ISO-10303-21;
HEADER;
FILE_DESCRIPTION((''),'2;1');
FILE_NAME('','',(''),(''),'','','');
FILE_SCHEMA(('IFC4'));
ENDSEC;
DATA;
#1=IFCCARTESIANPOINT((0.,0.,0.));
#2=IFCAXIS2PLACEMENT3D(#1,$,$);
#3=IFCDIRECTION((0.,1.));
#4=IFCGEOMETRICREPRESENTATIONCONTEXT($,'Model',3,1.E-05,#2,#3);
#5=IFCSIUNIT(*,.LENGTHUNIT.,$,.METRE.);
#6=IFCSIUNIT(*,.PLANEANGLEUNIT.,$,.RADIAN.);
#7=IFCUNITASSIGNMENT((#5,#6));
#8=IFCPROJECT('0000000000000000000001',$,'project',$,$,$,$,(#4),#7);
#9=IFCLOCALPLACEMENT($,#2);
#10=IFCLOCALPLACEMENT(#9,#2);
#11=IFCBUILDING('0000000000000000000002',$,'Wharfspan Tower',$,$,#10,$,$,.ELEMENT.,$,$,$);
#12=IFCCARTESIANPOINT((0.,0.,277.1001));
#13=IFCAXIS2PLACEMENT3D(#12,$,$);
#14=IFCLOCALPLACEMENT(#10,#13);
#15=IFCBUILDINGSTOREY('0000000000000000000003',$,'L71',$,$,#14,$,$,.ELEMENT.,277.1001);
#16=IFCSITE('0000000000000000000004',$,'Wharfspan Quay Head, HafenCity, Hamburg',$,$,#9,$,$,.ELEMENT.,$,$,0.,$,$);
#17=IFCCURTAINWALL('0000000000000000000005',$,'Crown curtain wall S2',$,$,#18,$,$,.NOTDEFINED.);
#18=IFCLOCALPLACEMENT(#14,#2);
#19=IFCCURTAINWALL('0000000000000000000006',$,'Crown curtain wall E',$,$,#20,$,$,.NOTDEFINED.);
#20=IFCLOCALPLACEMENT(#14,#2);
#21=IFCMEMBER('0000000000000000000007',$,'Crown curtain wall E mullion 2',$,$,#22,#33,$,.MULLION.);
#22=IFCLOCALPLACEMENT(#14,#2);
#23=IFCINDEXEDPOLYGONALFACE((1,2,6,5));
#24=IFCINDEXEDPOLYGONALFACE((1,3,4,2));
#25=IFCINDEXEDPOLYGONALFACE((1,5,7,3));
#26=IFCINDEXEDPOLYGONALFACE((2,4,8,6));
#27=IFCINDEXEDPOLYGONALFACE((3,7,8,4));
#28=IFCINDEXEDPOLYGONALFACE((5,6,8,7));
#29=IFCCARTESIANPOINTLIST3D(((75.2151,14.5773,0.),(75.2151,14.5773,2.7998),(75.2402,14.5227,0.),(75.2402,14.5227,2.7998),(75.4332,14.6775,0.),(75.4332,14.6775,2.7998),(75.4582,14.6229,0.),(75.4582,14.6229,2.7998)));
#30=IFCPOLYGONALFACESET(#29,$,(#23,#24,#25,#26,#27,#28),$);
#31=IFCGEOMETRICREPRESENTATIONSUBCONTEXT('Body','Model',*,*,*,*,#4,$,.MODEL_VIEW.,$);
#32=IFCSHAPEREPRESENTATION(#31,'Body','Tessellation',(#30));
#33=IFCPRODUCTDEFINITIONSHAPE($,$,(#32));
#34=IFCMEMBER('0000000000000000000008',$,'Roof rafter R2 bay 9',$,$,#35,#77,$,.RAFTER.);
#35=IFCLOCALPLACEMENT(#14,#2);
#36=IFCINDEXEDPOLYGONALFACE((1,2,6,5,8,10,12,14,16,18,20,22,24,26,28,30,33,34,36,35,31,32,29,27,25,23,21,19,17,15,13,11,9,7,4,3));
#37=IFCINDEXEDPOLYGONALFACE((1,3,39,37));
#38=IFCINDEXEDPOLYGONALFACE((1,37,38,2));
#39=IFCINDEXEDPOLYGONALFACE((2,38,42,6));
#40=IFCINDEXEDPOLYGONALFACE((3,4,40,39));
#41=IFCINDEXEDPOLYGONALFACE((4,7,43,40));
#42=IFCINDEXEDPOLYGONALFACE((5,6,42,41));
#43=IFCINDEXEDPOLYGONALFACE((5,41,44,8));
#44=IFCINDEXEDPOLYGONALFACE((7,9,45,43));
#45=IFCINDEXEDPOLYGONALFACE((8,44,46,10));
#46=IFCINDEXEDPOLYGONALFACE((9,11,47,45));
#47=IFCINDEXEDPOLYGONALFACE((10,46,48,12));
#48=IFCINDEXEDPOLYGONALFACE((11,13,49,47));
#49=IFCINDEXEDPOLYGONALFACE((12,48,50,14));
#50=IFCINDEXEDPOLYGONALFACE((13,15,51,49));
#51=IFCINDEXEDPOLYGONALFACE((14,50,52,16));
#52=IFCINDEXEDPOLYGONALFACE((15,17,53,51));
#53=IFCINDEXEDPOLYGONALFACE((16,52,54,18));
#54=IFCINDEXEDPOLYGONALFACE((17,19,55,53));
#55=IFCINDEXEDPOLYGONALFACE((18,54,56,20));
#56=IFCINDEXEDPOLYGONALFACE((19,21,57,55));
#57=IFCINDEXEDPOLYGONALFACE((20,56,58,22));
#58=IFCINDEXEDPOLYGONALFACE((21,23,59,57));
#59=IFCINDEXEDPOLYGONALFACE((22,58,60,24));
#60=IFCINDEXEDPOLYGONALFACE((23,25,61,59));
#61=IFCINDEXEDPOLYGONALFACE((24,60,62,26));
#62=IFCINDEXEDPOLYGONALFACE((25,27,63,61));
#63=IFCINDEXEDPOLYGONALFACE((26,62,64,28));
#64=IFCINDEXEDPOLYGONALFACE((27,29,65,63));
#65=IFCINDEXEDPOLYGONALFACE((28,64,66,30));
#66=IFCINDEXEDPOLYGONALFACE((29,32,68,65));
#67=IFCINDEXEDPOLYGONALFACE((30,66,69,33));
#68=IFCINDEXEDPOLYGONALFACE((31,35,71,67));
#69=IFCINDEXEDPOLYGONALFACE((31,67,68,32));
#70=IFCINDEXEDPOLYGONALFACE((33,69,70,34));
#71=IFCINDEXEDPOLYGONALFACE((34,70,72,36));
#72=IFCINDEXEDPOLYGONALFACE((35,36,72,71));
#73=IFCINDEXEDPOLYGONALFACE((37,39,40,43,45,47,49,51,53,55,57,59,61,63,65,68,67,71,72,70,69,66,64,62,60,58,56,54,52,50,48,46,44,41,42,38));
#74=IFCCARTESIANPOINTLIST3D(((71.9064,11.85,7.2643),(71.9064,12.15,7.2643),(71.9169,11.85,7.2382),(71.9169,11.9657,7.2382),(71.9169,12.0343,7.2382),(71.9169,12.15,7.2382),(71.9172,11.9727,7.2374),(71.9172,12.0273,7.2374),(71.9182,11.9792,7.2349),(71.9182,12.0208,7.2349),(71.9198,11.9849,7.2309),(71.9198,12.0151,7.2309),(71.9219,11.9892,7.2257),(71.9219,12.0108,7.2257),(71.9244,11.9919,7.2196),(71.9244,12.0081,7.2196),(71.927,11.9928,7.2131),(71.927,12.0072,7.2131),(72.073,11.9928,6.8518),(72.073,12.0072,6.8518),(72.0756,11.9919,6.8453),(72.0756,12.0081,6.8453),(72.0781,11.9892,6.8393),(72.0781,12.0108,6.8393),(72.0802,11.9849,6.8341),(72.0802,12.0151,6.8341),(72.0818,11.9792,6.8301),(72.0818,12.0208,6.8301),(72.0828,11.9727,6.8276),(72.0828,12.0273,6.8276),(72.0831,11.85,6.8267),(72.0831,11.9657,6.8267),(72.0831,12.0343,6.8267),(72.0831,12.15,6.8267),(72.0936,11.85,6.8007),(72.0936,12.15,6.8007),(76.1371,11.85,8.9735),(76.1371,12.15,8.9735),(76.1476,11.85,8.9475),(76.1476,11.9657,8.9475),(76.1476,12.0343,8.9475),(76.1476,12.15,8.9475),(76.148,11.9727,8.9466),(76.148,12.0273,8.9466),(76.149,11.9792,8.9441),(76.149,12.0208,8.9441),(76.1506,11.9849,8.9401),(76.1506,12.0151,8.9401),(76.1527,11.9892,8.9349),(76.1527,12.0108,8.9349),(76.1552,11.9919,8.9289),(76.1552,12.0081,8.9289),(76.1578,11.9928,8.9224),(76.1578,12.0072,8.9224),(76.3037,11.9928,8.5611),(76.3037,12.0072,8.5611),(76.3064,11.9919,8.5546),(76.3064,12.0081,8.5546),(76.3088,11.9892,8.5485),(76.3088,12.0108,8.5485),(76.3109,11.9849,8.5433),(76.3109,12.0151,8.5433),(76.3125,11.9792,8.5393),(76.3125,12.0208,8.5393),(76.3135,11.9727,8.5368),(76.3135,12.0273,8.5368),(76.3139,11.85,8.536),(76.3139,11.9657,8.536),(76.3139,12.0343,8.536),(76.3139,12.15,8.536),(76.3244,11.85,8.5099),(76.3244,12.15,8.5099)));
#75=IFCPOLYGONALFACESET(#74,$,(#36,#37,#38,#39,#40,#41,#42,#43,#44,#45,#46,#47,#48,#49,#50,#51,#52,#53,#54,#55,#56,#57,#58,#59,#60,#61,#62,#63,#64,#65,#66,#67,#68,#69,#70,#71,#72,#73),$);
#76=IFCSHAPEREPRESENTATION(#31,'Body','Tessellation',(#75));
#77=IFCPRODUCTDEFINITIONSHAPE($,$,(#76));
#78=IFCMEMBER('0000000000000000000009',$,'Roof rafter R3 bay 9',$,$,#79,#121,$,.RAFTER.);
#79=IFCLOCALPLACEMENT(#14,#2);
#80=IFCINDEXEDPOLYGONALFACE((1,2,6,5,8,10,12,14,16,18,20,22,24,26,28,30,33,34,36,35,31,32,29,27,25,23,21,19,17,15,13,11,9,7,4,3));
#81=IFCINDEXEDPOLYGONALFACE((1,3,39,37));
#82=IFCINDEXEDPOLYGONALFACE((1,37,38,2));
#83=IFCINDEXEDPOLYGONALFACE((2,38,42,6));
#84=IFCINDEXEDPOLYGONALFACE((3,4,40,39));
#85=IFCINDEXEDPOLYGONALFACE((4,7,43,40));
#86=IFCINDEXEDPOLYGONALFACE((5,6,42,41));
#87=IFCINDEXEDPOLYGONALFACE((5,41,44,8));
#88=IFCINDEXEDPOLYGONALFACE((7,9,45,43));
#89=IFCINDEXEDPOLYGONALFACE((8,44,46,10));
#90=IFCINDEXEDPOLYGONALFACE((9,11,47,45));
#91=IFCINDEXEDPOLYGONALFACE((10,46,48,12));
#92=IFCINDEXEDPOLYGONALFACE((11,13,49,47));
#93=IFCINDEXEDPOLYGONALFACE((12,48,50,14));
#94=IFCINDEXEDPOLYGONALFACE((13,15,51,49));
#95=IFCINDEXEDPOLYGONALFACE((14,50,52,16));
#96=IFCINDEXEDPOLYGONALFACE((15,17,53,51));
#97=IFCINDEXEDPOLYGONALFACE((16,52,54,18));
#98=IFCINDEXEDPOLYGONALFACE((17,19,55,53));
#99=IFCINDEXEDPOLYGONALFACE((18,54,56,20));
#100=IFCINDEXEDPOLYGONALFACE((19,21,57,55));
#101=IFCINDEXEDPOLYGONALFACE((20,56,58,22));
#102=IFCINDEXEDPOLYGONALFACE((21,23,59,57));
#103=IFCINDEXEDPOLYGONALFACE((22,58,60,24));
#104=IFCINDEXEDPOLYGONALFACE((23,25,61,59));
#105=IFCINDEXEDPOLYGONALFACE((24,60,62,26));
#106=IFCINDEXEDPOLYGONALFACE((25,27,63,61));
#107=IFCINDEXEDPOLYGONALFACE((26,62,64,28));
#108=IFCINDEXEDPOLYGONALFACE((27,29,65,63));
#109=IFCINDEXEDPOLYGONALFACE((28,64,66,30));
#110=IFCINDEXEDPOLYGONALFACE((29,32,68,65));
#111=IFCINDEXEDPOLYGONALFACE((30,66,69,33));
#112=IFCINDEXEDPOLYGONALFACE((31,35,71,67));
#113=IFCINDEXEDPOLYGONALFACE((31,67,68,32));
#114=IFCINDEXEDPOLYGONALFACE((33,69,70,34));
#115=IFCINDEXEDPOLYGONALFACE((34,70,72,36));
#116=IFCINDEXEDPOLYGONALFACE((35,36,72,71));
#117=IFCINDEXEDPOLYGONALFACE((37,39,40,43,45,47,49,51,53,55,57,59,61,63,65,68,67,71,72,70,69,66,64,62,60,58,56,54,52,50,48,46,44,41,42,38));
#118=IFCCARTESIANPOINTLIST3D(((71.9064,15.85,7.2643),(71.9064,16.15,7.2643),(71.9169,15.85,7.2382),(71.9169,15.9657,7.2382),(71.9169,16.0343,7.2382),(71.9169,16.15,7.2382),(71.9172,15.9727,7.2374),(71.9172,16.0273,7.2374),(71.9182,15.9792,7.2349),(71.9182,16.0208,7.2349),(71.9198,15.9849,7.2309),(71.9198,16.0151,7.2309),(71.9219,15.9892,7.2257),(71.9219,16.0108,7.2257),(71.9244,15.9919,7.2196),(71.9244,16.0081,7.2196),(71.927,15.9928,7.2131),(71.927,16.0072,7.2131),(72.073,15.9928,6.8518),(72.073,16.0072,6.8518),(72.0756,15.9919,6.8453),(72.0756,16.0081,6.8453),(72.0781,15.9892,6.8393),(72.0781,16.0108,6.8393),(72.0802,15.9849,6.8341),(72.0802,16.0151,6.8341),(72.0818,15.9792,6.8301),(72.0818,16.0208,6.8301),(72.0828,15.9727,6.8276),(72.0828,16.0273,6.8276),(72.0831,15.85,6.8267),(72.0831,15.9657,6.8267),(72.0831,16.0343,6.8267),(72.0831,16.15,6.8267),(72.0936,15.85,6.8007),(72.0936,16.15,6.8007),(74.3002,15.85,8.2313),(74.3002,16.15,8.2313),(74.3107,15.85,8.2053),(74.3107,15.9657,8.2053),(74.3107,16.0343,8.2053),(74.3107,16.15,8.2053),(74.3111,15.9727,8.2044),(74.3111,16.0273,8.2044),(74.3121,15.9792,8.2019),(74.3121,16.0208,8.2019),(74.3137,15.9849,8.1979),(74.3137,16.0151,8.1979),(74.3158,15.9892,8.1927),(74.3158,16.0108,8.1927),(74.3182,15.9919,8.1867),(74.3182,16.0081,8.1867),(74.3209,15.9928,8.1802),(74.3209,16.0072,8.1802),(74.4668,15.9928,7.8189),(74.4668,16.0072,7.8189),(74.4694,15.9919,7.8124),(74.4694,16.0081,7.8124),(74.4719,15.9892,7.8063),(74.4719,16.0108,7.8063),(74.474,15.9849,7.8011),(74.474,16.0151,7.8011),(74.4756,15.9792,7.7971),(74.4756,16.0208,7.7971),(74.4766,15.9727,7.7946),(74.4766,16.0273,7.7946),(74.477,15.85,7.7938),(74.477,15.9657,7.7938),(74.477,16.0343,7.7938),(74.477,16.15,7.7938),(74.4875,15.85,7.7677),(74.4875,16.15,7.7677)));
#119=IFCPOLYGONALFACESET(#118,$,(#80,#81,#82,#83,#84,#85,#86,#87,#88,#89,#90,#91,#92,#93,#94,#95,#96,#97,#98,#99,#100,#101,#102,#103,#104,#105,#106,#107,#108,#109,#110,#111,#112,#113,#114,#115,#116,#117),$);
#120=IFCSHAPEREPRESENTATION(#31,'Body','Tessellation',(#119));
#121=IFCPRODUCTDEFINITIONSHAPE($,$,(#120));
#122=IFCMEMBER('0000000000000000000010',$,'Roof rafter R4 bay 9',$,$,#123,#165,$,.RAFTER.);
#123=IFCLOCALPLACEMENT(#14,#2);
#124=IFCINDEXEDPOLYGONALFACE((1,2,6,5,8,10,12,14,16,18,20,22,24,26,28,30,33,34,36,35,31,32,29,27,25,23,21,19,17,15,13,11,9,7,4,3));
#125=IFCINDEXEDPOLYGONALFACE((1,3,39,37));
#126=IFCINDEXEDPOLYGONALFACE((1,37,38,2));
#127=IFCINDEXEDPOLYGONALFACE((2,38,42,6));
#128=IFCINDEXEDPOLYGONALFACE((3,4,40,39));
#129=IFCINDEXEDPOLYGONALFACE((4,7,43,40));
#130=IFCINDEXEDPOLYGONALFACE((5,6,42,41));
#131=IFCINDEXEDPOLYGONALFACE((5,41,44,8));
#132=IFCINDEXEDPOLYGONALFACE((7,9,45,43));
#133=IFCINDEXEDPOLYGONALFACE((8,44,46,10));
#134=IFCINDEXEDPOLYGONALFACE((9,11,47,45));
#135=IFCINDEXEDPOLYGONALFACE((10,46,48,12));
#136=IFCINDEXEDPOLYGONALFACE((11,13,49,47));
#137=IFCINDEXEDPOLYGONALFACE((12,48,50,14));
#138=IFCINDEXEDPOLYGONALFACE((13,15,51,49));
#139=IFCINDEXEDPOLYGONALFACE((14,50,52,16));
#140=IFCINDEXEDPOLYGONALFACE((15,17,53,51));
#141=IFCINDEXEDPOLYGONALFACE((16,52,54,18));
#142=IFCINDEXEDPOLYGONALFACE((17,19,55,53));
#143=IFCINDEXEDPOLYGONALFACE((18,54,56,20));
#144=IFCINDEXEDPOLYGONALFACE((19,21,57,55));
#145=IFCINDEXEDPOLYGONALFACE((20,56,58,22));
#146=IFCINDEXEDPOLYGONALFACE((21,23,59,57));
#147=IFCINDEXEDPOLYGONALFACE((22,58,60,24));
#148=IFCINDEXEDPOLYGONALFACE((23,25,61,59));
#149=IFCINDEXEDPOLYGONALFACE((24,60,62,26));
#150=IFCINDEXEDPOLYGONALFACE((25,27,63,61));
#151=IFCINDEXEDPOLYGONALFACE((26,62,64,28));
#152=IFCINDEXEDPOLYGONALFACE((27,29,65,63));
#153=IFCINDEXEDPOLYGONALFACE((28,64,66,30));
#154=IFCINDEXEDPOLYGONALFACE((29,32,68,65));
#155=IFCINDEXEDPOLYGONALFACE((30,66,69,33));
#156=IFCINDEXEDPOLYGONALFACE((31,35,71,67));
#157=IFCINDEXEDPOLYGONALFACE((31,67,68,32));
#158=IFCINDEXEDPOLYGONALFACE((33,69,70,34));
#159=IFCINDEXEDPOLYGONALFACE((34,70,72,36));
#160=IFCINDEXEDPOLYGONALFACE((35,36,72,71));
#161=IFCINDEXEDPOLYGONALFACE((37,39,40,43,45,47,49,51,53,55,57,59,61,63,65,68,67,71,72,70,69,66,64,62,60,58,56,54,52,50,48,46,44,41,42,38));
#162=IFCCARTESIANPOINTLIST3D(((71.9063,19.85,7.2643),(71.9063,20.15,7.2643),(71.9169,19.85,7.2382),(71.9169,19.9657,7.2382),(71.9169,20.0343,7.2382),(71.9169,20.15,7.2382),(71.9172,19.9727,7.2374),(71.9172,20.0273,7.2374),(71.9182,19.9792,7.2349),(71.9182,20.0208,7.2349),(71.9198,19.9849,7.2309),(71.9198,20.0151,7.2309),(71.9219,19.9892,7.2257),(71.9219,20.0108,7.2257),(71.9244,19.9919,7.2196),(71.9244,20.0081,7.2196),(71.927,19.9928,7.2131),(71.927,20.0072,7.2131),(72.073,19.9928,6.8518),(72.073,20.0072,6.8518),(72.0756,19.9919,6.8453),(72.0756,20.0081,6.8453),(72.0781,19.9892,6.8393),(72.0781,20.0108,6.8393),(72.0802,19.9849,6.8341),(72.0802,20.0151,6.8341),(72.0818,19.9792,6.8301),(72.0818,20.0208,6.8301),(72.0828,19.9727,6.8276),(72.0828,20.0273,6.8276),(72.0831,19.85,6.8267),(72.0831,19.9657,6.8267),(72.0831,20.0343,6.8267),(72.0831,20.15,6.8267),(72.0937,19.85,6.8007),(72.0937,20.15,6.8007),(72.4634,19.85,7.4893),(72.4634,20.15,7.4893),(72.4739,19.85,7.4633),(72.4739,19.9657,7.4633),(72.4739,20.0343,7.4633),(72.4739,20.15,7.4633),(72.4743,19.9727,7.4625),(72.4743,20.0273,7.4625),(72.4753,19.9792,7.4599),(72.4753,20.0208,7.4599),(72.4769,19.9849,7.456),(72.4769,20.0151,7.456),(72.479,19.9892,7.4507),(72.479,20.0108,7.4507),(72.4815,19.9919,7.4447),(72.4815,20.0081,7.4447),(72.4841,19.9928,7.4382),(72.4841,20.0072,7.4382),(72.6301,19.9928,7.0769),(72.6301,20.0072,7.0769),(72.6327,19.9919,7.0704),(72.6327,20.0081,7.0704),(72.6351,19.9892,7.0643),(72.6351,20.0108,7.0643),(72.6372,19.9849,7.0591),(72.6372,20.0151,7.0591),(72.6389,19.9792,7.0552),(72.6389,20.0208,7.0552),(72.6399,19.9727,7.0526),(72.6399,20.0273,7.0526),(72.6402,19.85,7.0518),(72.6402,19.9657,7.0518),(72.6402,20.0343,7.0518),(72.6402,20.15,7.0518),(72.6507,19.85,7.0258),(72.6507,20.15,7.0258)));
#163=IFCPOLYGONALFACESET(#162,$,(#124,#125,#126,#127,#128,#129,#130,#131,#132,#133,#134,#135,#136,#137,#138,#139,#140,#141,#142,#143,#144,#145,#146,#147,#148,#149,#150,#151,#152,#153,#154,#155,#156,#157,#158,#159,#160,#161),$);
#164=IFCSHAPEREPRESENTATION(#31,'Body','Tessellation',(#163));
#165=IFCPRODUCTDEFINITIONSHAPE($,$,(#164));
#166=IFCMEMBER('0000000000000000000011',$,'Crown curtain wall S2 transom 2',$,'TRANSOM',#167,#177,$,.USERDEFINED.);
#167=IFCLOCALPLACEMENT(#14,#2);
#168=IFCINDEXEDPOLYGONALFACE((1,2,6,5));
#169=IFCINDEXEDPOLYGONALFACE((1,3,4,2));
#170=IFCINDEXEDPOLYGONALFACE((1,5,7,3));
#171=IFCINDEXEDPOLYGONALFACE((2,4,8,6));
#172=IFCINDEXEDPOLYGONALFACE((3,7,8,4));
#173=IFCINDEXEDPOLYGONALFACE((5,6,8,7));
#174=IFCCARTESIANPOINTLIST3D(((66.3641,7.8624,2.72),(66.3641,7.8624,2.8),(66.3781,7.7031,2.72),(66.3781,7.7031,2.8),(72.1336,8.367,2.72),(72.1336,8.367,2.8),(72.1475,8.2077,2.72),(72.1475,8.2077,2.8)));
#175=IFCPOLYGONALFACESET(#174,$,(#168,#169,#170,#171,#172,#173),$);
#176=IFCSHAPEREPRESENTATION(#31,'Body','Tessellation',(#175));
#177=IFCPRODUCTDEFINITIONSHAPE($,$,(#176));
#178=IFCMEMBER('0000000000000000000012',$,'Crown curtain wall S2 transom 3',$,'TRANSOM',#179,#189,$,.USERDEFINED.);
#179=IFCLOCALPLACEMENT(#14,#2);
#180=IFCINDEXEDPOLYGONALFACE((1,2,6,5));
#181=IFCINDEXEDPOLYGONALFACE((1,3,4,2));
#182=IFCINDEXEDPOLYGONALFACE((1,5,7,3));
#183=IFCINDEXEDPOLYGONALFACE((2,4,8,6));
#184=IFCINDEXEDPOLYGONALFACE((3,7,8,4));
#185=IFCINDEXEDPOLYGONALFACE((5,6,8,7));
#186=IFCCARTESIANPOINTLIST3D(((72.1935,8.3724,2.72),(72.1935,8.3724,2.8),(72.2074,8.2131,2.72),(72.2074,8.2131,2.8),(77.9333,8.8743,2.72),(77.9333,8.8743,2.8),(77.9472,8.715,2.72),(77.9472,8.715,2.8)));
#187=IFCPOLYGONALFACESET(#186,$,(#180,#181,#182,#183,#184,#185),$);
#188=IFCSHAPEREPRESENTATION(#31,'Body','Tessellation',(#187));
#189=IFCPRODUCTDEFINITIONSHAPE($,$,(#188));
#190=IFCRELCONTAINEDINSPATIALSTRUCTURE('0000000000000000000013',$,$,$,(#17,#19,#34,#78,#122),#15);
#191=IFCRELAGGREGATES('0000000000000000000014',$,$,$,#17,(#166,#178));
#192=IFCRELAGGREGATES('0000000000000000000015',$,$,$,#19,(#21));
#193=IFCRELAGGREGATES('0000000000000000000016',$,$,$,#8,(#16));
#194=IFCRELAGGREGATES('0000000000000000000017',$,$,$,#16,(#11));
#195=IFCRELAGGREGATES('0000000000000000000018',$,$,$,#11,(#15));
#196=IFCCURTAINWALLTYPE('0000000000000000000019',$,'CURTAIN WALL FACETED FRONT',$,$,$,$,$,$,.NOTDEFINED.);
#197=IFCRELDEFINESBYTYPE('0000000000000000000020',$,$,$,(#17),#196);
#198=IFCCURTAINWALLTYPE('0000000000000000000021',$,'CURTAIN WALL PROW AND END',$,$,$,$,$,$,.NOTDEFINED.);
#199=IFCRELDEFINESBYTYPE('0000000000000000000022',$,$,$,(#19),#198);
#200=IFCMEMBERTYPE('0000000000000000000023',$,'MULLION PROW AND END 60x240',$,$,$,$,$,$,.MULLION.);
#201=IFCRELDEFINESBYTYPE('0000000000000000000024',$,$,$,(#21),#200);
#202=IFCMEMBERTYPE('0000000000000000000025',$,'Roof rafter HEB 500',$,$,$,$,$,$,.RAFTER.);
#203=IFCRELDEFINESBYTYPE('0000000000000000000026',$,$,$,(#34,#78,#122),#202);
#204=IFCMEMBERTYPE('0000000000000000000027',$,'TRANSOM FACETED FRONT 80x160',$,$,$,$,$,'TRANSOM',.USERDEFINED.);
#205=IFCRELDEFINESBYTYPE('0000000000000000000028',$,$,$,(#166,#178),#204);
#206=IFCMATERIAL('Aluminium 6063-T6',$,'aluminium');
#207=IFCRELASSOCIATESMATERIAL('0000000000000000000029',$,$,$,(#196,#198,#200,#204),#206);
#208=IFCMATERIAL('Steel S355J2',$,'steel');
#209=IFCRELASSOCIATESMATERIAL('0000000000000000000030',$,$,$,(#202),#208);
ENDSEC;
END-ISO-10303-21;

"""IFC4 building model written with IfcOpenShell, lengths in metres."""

from ifc_helpers import new_model, si_unit, direction, frame, origin, origin_2d, place, context, subcontext, project, spatial, rectangle, i_section, extrude, material, material_profile, profile_set, type_object, element, aggregate, save


model = new_model("IFC4")

# Units and contexts
model_context = context("Model", 3, precision=1e-05, world=origin(), true_north=direction((0.0, 1.0)))
body_context = subcontext(model_context, "Body", "Model", "MODEL_VIEW")
ifc_project = project(units=[si_unit("LENGTHUNIT", "METRE"), si_unit("PLANEANGLEUNIT", "RADIAN")], contexts=[model_context])

# Site, building, storey
site_placement = place(None, origin())
site = spatial("IfcSite", under=ifc_project, at=site_placement, Name="Wharfspan Quay Head, HafenCity, Hamburg", CompositionType="ELEMENT", RefElevation=0.0)
building_placement = place(site_placement, origin())
building = spatial("IfcBuilding", under=site, at=building_placement, Name="Wharfspan Tower", CompositionType="ELEMENT")
storey_placement = place(building_placement, frame((0.0, 0.0, 277.1001)))
storey = spatial("IfcBuildingStorey", under=building, at=storey_placement, Name="L71", CompositionType="ELEMENT", Elevation=277.1001)

# Shared definitions
ifc_material_1 = material(Name="Steel S355J2", Category="steel")

# Curtain walls, member
ifc_material_2 = material(Name="Aluminium 6063-T6", Category="aluminium")
curtain_wall_type_1 = type_object("IfcCurtainWallType", Name="CURTAIN WALL FACETED FRONT", PredefinedType="NOTDEFINED", material=ifc_material_2)
curtain_wall_1_placement = place(storey_placement, origin())
curtain_wall_1 = element("IfcCurtainWall", 1, at=curtain_wall_1_placement, inside=storey, type_object=curtain_wall_type_1, Name="Crown curtain wall S2", PredefinedType="NOTDEFINED")
curtain_wall_type_2 = type_object("IfcCurtainWallType", Name="CURTAIN WALL PROW AND END", PredefinedType="NOTDEFINED", material=ifc_material_2)
curtain_wall_2_placement = place(storey_placement, origin())
curtain_wall_2 = element("IfcCurtainWall", 2, at=curtain_wall_2_placement, inside=storey, type_object=curtain_wall_type_2, Name="Crown curtain wall E", PredefinedType="NOTDEFINED")
ifc_material_profile_1 = material_profile(ifc_material_2, rectangle(XDim=0.24, YDim=0.0601, at=origin_2d()))
ifc_profile_set_1 = profile_set([ifc_material_profile_1], Name="Aluminium 6063-T6")
member_type_1 = type_object("IfcMemberType", Name="MULLION PROW AND END 60x240", PredefinedType="MULLION", material=ifc_profile_set_1)
member_1_placement = place(storey_placement, frame((75.3367, 14.6001, 0.0), z_axis=(0.0, 0.0, 1.0), x_axis=(-0.908769, -0.417292, 0.0)))
member_1 = element("IfcMember", 3, at=member_1_placement, type_object=member_type_1, Name="Crown curtain wall E mullion 2", PredefinedType="MULLION", context=body_context, shape_type="SweptSolid", body=[
    extrude(rectangle(XDim=0.24, YDim=0.0601, at=origin_2d()), origin(), (0.0, 0.0, 1.0), 2.7998),
])

# Members
ifc_material_profile_2 = material_profile(ifc_material_1, i_section(OverallWidth=0.3, OverallDepth=0.5, WebThickness=0.0144, FlangeThickness=0.0281, FilletRadius=0.0271, at=origin_2d()))
ifc_profile_set_2 = profile_set([ifc_material_profile_2], Name="Steel S355J2")
member_type_2 = type_object("IfcMemberType", Name="Roof rafter HEB 500", PredefinedType="RAFTER", material=ifc_profile_set_2)
member_2_placement = place(storey_placement, frame((72.0, 12.0, 7.0325), z_axis=(0.927191, 0.0, 0.37459), x_axis=(0.0, 1.0, 0.0)))
element("IfcMember", 4, at=member_2_placement, inside=storey, type_object=member_type_2, Name="Roof rafter R2 bay 9", PredefinedType="RAFTER", context=body_context, shape_type="SweptSolid", body=[
    extrude(i_section(OverallWidth=0.3, OverallDepth=0.5, WebThickness=0.0144, FlangeThickness=0.0281, FilletRadius=0.0271, at=origin_2d()), origin(), (0.0, 0.0, 1.0), 4.563),
])
member_3_placement = place(storey_placement, frame((72.0, 16.0, 7.0325), z_axis=(0.9272, 0.0, 0.374568), x_axis=(0.0, 1.0, 0.0)))
element("IfcMember", 5, at=member_3_placement, inside=storey, type_object=member_type_2, Name="Roof rafter R3 bay 9", PredefinedType="RAFTER", context=body_context, shape_type="SweptSolid", body=[
    extrude(i_section(OverallWidth=0.3, OverallDepth=0.5, WebThickness=0.0144, FlangeThickness=0.0281, FilletRadius=0.0271, at=origin_2d()), origin(), (0.0, 0.0, 1.0), 2.5818),
])
member_4_placement = place(storey_placement, frame((72.0, 20.0, 7.0325), z_axis=(0.927182, 0.0, 0.374611), x_axis=(0.0, 1.0, 0.0)))
element("IfcMember", 6, at=member_4_placement, inside=storey, type_object=member_type_2, Name="Roof rafter R4 bay 9", PredefinedType="RAFTER", context=body_context, shape_type="SweptSolid", body=[
    extrude(i_section(OverallWidth=0.3, OverallDepth=0.5, WebThickness=0.0144, FlangeThickness=0.0281, FilletRadius=0.0271, at=origin_2d()), origin(), (0.0, 0.0, 1.0), 0.6008),
])

# Members
ifc_material_profile_3 = material_profile(ifc_material_2, rectangle(XDim=0.1599, YDim=0.0801, at=origin_2d()))
ifc_profile_set_3 = profile_set([ifc_material_profile_3], Name="Aluminium 6063-T6")
member_type_3 = type_object("IfcMemberType", Name="TRANSOM FACETED FRONT 80x160", ElementType="TRANSOM", PredefinedType="USERDEFINED", material=ifc_profile_set_3)
member_5_placement = place(storey_placement, frame((66.3711, 7.7827, 2.76), z_axis=(0.996197, 0.087133, 0.0), x_axis=(-0.087133, 0.996197, 0.0)))
member_5 = element("IfcMember", 7, at=member_5_placement, type_object=member_type_3, Name="Crown curtain wall S2 transom 2", ObjectType="TRANSOM", PredefinedType="USERDEFINED", context=body_context, shape_type="SweptSolid", body=[
    extrude(rectangle(XDim=0.1599, YDim=0.0801, at=origin_2d()), origin(), (0.0, 0.0, 1.0), 5.7915),
])
member_6_placement = place(storey_placement, frame((72.2004, 8.2927, 2.76), z_axis=(0.996198, 0.08712, 0.0), x_axis=(-0.08712, 0.996198, 0.0)))
member_6 = element("IfcMember", 8, at=member_6_placement, type_object=member_type_3, Name="Crown curtain wall S2 transom 3", ObjectType="TRANSOM", PredefinedType="USERDEFINED", context=body_context, shape_type="SweptSolid", body=[
    extrude(rectangle(XDim=0.1599, YDim=0.0801, at=origin_2d()), origin(), (0.0, 0.0, 1.0), 5.7617),
])

aggregate(curtain_wall_1, [member_5, member_6])
aggregate(curtain_wall_2, [member_1])

save(model, "model.ifc")
